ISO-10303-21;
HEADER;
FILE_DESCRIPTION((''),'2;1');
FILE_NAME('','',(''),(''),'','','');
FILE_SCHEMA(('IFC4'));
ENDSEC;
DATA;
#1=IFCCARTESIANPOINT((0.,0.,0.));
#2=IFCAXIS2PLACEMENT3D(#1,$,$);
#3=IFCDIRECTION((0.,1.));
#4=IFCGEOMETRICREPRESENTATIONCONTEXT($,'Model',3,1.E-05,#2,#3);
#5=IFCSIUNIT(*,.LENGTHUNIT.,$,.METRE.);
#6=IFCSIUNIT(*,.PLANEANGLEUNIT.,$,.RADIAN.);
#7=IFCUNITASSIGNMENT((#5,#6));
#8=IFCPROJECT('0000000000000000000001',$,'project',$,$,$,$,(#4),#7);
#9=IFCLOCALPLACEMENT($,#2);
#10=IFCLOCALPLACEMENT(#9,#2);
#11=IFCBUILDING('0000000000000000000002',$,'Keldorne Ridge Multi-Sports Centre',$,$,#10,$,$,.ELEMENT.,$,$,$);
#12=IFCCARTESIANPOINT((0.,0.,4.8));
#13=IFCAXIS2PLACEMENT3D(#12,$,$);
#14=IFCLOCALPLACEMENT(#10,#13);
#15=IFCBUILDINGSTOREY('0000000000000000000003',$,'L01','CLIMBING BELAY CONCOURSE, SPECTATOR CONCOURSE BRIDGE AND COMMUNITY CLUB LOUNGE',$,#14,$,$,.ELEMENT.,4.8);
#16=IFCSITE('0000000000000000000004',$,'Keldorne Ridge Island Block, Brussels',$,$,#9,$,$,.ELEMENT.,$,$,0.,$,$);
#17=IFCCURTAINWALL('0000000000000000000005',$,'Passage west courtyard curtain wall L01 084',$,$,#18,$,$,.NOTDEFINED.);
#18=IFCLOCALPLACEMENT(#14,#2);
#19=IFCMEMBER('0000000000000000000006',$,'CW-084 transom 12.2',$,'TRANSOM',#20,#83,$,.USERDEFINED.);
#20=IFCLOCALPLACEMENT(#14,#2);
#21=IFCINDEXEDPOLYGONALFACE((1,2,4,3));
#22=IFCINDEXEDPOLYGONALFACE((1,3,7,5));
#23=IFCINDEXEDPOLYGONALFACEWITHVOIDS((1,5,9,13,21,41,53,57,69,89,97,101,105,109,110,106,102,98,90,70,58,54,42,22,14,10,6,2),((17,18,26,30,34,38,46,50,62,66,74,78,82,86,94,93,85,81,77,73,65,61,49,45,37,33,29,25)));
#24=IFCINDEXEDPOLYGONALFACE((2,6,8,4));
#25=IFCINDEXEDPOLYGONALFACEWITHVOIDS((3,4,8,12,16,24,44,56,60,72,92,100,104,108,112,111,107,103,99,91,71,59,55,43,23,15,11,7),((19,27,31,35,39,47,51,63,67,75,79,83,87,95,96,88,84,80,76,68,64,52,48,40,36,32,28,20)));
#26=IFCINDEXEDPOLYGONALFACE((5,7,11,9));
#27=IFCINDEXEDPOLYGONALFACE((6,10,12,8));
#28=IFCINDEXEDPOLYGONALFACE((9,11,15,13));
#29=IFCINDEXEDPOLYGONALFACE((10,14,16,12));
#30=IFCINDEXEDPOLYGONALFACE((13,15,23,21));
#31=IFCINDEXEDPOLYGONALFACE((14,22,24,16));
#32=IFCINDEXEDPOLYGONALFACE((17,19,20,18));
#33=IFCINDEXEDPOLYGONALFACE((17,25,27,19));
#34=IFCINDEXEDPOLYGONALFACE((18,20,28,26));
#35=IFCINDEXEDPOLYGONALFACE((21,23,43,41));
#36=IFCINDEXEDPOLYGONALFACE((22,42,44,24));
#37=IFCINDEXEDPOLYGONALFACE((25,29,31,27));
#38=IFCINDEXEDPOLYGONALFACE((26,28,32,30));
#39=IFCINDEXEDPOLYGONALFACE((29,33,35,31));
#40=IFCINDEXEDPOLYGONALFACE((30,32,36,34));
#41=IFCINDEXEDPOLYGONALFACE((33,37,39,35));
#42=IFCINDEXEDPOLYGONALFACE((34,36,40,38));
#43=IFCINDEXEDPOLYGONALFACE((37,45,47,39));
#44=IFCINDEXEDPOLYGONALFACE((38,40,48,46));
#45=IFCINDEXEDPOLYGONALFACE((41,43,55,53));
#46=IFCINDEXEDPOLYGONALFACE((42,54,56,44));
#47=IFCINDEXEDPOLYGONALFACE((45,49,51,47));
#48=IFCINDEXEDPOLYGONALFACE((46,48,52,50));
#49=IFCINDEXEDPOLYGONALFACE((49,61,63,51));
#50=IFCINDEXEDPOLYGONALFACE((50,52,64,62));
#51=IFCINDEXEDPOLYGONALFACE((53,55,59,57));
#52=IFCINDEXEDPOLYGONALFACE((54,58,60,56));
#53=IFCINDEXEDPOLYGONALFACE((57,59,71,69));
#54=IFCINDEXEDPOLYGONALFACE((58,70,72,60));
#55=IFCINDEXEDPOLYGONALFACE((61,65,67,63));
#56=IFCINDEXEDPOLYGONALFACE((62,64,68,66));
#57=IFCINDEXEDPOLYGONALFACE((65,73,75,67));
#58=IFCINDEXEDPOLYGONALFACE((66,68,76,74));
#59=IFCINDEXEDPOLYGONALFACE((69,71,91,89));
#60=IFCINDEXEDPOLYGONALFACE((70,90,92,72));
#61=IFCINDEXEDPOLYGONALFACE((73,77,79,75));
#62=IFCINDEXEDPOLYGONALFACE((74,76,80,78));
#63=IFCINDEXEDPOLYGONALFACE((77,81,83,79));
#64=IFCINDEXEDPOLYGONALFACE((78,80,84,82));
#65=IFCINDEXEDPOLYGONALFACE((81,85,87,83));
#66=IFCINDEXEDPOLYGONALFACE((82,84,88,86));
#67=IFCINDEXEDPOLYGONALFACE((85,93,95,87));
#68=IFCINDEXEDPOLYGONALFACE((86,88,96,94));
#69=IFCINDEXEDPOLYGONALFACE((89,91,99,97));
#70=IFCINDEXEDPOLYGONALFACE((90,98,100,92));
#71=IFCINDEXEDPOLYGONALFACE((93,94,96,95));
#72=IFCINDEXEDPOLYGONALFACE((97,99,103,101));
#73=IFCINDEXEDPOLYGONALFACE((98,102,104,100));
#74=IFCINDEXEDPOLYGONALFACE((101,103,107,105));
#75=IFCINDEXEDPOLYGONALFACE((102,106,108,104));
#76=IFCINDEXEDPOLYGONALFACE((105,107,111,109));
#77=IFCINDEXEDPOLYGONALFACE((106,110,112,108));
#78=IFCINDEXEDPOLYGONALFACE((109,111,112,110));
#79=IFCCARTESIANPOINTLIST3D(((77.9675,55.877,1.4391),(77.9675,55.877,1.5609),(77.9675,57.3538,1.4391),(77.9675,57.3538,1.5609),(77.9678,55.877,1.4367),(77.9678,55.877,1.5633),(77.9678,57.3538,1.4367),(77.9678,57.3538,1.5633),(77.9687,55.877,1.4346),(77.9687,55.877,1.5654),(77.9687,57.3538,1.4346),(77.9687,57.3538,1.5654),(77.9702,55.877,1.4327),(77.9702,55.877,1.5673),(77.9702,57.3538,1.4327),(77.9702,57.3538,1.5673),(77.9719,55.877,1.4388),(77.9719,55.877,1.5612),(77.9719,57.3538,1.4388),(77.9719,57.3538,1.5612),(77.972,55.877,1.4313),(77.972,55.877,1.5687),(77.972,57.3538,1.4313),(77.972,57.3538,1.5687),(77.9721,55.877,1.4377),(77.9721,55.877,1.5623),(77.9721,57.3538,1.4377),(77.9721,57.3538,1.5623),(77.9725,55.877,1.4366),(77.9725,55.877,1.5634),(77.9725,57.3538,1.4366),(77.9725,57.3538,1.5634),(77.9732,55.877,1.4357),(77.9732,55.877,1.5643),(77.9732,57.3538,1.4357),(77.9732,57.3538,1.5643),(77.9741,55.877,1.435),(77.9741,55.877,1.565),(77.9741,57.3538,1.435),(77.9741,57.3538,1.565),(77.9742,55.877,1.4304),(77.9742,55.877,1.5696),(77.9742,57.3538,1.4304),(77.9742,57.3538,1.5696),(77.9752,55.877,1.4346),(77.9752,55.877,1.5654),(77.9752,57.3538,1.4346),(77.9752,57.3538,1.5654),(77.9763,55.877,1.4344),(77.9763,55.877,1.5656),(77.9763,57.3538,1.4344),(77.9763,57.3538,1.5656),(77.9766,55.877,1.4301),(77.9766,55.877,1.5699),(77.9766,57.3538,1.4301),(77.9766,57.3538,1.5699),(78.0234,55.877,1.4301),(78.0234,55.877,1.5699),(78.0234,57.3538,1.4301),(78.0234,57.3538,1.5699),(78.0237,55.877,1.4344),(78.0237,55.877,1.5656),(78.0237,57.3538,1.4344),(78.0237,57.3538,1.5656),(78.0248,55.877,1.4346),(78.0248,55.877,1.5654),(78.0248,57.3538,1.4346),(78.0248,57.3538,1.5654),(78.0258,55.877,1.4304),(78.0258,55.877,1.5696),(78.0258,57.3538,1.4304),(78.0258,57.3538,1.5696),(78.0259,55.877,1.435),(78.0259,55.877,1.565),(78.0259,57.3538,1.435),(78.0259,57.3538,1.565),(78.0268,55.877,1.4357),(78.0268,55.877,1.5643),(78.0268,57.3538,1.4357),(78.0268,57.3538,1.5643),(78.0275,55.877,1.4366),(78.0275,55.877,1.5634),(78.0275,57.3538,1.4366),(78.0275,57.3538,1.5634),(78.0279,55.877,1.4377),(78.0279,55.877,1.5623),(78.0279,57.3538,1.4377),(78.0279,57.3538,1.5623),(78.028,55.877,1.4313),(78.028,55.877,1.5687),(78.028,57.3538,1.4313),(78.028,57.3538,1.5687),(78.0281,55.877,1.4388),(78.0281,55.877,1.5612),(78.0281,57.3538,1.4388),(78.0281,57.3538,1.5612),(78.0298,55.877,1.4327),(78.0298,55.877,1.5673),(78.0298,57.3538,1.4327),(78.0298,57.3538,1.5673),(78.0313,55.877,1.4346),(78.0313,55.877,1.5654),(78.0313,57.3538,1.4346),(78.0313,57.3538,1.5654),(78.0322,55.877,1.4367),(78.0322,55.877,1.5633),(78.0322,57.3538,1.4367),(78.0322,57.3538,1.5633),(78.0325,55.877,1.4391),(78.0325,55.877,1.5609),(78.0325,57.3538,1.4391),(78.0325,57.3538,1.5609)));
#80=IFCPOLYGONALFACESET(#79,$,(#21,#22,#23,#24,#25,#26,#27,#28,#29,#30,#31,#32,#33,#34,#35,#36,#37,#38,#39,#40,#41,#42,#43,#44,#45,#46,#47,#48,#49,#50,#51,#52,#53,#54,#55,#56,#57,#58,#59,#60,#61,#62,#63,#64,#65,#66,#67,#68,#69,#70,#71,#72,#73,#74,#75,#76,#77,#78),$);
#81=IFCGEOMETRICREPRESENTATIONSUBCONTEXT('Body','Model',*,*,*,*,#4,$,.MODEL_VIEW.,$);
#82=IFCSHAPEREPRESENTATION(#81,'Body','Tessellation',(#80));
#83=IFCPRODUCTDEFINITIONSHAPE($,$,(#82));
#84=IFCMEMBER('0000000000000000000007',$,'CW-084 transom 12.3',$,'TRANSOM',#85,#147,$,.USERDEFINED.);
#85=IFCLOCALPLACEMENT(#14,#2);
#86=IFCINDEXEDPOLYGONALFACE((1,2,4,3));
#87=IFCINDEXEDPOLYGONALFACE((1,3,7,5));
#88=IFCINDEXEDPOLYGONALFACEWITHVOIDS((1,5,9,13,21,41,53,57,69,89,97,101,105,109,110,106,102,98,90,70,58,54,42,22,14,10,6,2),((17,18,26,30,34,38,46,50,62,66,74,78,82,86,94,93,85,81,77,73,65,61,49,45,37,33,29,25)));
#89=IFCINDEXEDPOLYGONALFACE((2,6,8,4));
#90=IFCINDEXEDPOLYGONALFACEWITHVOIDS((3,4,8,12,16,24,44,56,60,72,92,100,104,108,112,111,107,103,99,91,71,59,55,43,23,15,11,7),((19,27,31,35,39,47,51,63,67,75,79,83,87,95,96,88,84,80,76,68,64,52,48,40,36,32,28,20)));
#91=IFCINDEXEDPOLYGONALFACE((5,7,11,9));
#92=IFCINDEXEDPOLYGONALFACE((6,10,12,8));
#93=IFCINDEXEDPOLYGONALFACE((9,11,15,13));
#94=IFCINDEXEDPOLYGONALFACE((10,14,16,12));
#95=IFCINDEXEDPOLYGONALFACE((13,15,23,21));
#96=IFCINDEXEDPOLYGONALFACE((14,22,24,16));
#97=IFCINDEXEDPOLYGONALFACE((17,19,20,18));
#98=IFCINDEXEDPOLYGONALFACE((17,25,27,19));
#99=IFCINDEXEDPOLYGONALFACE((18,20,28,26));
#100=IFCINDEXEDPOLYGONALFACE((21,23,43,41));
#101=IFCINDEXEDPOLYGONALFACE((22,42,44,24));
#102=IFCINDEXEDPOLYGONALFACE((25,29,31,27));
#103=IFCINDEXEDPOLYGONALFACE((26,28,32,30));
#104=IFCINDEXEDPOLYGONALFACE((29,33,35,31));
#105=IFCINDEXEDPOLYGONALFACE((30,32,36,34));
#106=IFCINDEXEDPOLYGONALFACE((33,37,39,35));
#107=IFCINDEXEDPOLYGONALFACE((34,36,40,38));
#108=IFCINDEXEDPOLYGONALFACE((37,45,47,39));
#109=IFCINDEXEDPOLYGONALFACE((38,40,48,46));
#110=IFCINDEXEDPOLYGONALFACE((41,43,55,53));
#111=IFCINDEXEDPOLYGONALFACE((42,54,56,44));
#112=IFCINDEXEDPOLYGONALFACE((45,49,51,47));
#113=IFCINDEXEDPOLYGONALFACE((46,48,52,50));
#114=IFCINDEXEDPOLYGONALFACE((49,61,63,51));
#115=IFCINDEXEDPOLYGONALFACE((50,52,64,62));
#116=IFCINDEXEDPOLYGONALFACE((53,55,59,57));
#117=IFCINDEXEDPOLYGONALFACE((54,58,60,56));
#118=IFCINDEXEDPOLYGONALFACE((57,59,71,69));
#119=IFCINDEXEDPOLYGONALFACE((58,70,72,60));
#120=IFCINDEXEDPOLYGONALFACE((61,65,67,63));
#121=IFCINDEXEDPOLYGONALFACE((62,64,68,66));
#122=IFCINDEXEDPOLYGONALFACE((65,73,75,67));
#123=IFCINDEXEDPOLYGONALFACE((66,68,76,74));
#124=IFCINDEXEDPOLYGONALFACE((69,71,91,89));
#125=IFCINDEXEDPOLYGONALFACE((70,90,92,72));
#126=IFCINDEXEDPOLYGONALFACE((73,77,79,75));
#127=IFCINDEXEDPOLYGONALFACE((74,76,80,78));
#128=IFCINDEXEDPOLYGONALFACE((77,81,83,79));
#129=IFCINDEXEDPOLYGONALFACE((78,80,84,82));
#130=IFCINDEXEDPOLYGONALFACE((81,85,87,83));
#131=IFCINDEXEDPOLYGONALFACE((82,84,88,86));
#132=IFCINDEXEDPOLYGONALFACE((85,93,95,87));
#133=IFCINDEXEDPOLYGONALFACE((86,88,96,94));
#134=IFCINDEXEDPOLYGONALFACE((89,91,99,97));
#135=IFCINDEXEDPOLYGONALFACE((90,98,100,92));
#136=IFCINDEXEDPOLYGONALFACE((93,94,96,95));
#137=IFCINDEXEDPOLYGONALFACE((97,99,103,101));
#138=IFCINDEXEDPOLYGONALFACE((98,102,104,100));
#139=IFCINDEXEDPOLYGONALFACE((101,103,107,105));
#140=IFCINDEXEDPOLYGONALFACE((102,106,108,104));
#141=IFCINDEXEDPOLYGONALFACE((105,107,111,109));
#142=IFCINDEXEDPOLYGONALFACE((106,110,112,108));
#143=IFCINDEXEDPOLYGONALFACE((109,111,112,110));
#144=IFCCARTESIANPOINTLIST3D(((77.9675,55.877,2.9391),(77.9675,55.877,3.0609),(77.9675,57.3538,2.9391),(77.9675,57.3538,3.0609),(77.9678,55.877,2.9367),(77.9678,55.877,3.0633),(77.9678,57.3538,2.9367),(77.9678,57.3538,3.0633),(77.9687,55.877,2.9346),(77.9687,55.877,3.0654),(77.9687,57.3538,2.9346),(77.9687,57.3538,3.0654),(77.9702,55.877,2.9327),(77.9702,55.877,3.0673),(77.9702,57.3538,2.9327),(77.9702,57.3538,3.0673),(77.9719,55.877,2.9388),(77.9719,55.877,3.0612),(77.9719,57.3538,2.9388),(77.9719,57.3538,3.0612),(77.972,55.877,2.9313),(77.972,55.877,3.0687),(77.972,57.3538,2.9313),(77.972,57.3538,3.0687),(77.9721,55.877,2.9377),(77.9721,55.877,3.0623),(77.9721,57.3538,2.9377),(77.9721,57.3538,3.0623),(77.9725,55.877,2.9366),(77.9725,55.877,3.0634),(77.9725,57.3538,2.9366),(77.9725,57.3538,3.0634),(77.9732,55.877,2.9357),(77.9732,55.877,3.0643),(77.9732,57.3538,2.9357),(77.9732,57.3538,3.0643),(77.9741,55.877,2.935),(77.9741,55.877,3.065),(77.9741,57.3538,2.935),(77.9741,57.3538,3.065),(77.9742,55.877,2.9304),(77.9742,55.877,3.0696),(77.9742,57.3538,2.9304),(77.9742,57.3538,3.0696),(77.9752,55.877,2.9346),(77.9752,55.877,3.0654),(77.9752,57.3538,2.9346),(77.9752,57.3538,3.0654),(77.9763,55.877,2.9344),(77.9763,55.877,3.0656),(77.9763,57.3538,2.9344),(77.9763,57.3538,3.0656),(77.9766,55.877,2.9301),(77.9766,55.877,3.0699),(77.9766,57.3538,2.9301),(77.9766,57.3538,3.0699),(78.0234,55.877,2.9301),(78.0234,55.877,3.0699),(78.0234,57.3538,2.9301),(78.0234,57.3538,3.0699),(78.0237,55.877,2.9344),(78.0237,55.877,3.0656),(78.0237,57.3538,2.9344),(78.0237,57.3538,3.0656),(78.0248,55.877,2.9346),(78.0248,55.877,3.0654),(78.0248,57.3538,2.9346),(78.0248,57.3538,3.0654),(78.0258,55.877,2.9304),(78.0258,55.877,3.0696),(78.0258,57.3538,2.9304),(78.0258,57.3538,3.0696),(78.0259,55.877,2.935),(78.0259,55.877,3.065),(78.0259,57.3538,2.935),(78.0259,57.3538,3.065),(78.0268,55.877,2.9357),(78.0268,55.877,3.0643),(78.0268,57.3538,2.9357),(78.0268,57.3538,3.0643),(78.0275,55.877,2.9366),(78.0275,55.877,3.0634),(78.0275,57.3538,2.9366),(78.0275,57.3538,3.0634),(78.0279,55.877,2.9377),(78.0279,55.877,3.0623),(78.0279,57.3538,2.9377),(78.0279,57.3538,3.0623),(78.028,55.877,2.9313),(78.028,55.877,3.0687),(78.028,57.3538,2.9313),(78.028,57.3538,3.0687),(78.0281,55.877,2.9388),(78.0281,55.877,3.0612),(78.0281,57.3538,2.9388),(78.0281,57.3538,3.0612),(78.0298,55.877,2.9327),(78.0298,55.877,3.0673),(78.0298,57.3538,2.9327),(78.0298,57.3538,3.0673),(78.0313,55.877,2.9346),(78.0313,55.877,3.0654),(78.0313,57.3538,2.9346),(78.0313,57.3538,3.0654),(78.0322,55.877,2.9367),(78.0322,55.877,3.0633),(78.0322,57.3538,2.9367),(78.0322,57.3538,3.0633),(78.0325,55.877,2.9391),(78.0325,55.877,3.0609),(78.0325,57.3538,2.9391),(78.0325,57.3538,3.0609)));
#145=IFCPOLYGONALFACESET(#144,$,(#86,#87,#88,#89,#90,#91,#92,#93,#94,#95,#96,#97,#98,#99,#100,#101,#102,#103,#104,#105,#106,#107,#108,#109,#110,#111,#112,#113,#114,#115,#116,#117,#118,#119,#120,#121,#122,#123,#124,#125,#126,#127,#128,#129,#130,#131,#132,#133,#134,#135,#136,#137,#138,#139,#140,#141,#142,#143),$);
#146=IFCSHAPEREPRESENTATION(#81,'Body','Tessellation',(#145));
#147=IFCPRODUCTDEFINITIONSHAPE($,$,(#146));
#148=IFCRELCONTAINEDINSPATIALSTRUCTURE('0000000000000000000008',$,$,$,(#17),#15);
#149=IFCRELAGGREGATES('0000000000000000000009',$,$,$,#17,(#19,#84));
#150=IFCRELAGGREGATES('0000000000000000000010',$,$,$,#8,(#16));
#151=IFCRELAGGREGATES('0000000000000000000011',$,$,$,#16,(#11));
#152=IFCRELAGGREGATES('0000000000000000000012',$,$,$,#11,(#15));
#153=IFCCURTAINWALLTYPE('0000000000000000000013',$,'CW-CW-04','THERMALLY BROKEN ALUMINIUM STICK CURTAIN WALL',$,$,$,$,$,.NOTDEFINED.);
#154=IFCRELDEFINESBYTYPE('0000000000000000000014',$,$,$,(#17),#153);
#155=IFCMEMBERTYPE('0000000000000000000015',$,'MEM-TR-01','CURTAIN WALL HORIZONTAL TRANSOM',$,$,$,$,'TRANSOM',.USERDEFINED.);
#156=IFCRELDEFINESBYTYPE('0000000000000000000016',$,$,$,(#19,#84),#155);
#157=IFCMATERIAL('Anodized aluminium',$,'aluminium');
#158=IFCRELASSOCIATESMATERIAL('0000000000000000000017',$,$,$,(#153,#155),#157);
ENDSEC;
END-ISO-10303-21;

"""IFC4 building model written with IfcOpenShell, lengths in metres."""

from ifc_helpers import new_model, si_unit, direction, frame, origin, origin_2d, place, context, subcontext, project, spatial, hollow_rectangle, extrude, material, material_profile, profile_set, type_object, element, aggregate, save


model = new_model("IFC4")

# Units and contexts
model_context = context("Model", 3, precision=1e-05, world=origin(), true_north=direction((0.0, 1.0)))
body_context = subcontext(model_context, "Body", "Model", "MODEL_VIEW")
ifc_project = project(units=[si_unit("LENGTHUNIT", "METRE"), si_unit("PLANEANGLEUNIT", "RADIAN")], contexts=[model_context])

# Site, building, storey
site_placement = place(None, origin())
site = spatial("IfcSite", under=ifc_project, at=site_placement, Name="Keldorne Ridge Island Block, Brussels", CompositionType="ELEMENT", RefElevation=0.0)
building_placement = place(site_placement, origin())
building = spatial("IfcBuilding", under=site, at=building_placement, Name="Keldorne Ridge Multi-Sports Centre", CompositionType="ELEMENT")
storey_placement = place(building_placement, frame((0.0, 0.0, 4.8)))
storey = spatial("IfcBuildingStorey", under=building, at=storey_placement, Name="L01", Description="CLIMBING BELAY CONCOURSE, SPECTATOR CONCOURSE BRIDGE AND COMMUNITY CLUB LOUNGE", CompositionType="ELEMENT", Elevation=4.8)

# Curtain wall, members
ifc_material_1 = material(Name="Anodized aluminium", Category="aluminium")
curtain_wall_type = type_object("IfcCurtainWallType", Name="CW-CW-04", Description="THERMALLY BROKEN ALUMINIUM STICK CURTAIN WALL", PredefinedType="NOTDEFINED", material=ifc_material_1)
curtain_wall_placement = place(storey_placement, origin())
curtain_wall = element("IfcCurtainWall", 1, at=curtain_wall_placement, inside=storey, type_object=curtain_wall_type, Name="Passage west courtyard curtain wall L01 084", PredefinedType="NOTDEFINED")
ifc_material_profile_1 = material_profile(ifc_material_1, hollow_rectangle(XDim=0.0649, YDim=0.1399, WallThickness=0.0044, InnerFilletRadius=0.0044, OuterFilletRadius=0.009, at=origin_2d()), Name="ALU TRANSOM 140x65x4.5")
ifc_profile_set_1 = profile_set([ifc_material_profile_1], Name="Anodized aluminium")
member_type_1 = type_object("IfcMemberType", Name="MEM-TR-01", Description="CURTAIN WALL HORIZONTAL TRANSOM", ElementType="TRANSOM", PredefinedType="USERDEFINED", material=ifc_profile_set_1)
member_1_placement = place(storey_placement, frame((78.0, 57.3538, 1.5), z_axis=(0.0, -1.0, 0.0), x_axis=(1.0, 0.0, 0.0)))
member_1 = element("IfcMember", 2, at=member_1_placement, type_object=member_type_1, Name="CW-084 transom 12.2", ObjectType="TRANSOM", PredefinedType="USERDEFINED", context=body_context, shape_type="SweptSolid", body=[
    extrude(hollow_rectangle(XDim=0.0649, YDim=0.1399, WallThickness=0.0044, InnerFilletRadius=0.0044, OuterFilletRadius=0.009, at=origin_2d()), origin(), (0.0, 0.0, 1.0), 1.4768),
])
member_2_placement = place(storey_placement, frame((78.0, 57.3538, 3.0), z_axis=(0.0, -1.0, 0.0), x_axis=(1.0, 0.0, 0.0)))
member_2 = element("IfcMember", 3, at=member_2_placement, type_object=member_type_1, Name="CW-084 transom 12.3", ObjectType="TRANSOM", PredefinedType="USERDEFINED", context=body_context, shape_type="SweptSolid", body=[
    extrude(hollow_rectangle(XDim=0.0649, YDim=0.1399, WallThickness=0.0044, InnerFilletRadius=0.0044, OuterFilletRadius=0.009, at=origin_2d()), origin(), (0.0, 0.0, 1.0), 1.4768),
])
aggregate(curtain_wall, [member_1, member_2])

save(model, "model.ifc")
